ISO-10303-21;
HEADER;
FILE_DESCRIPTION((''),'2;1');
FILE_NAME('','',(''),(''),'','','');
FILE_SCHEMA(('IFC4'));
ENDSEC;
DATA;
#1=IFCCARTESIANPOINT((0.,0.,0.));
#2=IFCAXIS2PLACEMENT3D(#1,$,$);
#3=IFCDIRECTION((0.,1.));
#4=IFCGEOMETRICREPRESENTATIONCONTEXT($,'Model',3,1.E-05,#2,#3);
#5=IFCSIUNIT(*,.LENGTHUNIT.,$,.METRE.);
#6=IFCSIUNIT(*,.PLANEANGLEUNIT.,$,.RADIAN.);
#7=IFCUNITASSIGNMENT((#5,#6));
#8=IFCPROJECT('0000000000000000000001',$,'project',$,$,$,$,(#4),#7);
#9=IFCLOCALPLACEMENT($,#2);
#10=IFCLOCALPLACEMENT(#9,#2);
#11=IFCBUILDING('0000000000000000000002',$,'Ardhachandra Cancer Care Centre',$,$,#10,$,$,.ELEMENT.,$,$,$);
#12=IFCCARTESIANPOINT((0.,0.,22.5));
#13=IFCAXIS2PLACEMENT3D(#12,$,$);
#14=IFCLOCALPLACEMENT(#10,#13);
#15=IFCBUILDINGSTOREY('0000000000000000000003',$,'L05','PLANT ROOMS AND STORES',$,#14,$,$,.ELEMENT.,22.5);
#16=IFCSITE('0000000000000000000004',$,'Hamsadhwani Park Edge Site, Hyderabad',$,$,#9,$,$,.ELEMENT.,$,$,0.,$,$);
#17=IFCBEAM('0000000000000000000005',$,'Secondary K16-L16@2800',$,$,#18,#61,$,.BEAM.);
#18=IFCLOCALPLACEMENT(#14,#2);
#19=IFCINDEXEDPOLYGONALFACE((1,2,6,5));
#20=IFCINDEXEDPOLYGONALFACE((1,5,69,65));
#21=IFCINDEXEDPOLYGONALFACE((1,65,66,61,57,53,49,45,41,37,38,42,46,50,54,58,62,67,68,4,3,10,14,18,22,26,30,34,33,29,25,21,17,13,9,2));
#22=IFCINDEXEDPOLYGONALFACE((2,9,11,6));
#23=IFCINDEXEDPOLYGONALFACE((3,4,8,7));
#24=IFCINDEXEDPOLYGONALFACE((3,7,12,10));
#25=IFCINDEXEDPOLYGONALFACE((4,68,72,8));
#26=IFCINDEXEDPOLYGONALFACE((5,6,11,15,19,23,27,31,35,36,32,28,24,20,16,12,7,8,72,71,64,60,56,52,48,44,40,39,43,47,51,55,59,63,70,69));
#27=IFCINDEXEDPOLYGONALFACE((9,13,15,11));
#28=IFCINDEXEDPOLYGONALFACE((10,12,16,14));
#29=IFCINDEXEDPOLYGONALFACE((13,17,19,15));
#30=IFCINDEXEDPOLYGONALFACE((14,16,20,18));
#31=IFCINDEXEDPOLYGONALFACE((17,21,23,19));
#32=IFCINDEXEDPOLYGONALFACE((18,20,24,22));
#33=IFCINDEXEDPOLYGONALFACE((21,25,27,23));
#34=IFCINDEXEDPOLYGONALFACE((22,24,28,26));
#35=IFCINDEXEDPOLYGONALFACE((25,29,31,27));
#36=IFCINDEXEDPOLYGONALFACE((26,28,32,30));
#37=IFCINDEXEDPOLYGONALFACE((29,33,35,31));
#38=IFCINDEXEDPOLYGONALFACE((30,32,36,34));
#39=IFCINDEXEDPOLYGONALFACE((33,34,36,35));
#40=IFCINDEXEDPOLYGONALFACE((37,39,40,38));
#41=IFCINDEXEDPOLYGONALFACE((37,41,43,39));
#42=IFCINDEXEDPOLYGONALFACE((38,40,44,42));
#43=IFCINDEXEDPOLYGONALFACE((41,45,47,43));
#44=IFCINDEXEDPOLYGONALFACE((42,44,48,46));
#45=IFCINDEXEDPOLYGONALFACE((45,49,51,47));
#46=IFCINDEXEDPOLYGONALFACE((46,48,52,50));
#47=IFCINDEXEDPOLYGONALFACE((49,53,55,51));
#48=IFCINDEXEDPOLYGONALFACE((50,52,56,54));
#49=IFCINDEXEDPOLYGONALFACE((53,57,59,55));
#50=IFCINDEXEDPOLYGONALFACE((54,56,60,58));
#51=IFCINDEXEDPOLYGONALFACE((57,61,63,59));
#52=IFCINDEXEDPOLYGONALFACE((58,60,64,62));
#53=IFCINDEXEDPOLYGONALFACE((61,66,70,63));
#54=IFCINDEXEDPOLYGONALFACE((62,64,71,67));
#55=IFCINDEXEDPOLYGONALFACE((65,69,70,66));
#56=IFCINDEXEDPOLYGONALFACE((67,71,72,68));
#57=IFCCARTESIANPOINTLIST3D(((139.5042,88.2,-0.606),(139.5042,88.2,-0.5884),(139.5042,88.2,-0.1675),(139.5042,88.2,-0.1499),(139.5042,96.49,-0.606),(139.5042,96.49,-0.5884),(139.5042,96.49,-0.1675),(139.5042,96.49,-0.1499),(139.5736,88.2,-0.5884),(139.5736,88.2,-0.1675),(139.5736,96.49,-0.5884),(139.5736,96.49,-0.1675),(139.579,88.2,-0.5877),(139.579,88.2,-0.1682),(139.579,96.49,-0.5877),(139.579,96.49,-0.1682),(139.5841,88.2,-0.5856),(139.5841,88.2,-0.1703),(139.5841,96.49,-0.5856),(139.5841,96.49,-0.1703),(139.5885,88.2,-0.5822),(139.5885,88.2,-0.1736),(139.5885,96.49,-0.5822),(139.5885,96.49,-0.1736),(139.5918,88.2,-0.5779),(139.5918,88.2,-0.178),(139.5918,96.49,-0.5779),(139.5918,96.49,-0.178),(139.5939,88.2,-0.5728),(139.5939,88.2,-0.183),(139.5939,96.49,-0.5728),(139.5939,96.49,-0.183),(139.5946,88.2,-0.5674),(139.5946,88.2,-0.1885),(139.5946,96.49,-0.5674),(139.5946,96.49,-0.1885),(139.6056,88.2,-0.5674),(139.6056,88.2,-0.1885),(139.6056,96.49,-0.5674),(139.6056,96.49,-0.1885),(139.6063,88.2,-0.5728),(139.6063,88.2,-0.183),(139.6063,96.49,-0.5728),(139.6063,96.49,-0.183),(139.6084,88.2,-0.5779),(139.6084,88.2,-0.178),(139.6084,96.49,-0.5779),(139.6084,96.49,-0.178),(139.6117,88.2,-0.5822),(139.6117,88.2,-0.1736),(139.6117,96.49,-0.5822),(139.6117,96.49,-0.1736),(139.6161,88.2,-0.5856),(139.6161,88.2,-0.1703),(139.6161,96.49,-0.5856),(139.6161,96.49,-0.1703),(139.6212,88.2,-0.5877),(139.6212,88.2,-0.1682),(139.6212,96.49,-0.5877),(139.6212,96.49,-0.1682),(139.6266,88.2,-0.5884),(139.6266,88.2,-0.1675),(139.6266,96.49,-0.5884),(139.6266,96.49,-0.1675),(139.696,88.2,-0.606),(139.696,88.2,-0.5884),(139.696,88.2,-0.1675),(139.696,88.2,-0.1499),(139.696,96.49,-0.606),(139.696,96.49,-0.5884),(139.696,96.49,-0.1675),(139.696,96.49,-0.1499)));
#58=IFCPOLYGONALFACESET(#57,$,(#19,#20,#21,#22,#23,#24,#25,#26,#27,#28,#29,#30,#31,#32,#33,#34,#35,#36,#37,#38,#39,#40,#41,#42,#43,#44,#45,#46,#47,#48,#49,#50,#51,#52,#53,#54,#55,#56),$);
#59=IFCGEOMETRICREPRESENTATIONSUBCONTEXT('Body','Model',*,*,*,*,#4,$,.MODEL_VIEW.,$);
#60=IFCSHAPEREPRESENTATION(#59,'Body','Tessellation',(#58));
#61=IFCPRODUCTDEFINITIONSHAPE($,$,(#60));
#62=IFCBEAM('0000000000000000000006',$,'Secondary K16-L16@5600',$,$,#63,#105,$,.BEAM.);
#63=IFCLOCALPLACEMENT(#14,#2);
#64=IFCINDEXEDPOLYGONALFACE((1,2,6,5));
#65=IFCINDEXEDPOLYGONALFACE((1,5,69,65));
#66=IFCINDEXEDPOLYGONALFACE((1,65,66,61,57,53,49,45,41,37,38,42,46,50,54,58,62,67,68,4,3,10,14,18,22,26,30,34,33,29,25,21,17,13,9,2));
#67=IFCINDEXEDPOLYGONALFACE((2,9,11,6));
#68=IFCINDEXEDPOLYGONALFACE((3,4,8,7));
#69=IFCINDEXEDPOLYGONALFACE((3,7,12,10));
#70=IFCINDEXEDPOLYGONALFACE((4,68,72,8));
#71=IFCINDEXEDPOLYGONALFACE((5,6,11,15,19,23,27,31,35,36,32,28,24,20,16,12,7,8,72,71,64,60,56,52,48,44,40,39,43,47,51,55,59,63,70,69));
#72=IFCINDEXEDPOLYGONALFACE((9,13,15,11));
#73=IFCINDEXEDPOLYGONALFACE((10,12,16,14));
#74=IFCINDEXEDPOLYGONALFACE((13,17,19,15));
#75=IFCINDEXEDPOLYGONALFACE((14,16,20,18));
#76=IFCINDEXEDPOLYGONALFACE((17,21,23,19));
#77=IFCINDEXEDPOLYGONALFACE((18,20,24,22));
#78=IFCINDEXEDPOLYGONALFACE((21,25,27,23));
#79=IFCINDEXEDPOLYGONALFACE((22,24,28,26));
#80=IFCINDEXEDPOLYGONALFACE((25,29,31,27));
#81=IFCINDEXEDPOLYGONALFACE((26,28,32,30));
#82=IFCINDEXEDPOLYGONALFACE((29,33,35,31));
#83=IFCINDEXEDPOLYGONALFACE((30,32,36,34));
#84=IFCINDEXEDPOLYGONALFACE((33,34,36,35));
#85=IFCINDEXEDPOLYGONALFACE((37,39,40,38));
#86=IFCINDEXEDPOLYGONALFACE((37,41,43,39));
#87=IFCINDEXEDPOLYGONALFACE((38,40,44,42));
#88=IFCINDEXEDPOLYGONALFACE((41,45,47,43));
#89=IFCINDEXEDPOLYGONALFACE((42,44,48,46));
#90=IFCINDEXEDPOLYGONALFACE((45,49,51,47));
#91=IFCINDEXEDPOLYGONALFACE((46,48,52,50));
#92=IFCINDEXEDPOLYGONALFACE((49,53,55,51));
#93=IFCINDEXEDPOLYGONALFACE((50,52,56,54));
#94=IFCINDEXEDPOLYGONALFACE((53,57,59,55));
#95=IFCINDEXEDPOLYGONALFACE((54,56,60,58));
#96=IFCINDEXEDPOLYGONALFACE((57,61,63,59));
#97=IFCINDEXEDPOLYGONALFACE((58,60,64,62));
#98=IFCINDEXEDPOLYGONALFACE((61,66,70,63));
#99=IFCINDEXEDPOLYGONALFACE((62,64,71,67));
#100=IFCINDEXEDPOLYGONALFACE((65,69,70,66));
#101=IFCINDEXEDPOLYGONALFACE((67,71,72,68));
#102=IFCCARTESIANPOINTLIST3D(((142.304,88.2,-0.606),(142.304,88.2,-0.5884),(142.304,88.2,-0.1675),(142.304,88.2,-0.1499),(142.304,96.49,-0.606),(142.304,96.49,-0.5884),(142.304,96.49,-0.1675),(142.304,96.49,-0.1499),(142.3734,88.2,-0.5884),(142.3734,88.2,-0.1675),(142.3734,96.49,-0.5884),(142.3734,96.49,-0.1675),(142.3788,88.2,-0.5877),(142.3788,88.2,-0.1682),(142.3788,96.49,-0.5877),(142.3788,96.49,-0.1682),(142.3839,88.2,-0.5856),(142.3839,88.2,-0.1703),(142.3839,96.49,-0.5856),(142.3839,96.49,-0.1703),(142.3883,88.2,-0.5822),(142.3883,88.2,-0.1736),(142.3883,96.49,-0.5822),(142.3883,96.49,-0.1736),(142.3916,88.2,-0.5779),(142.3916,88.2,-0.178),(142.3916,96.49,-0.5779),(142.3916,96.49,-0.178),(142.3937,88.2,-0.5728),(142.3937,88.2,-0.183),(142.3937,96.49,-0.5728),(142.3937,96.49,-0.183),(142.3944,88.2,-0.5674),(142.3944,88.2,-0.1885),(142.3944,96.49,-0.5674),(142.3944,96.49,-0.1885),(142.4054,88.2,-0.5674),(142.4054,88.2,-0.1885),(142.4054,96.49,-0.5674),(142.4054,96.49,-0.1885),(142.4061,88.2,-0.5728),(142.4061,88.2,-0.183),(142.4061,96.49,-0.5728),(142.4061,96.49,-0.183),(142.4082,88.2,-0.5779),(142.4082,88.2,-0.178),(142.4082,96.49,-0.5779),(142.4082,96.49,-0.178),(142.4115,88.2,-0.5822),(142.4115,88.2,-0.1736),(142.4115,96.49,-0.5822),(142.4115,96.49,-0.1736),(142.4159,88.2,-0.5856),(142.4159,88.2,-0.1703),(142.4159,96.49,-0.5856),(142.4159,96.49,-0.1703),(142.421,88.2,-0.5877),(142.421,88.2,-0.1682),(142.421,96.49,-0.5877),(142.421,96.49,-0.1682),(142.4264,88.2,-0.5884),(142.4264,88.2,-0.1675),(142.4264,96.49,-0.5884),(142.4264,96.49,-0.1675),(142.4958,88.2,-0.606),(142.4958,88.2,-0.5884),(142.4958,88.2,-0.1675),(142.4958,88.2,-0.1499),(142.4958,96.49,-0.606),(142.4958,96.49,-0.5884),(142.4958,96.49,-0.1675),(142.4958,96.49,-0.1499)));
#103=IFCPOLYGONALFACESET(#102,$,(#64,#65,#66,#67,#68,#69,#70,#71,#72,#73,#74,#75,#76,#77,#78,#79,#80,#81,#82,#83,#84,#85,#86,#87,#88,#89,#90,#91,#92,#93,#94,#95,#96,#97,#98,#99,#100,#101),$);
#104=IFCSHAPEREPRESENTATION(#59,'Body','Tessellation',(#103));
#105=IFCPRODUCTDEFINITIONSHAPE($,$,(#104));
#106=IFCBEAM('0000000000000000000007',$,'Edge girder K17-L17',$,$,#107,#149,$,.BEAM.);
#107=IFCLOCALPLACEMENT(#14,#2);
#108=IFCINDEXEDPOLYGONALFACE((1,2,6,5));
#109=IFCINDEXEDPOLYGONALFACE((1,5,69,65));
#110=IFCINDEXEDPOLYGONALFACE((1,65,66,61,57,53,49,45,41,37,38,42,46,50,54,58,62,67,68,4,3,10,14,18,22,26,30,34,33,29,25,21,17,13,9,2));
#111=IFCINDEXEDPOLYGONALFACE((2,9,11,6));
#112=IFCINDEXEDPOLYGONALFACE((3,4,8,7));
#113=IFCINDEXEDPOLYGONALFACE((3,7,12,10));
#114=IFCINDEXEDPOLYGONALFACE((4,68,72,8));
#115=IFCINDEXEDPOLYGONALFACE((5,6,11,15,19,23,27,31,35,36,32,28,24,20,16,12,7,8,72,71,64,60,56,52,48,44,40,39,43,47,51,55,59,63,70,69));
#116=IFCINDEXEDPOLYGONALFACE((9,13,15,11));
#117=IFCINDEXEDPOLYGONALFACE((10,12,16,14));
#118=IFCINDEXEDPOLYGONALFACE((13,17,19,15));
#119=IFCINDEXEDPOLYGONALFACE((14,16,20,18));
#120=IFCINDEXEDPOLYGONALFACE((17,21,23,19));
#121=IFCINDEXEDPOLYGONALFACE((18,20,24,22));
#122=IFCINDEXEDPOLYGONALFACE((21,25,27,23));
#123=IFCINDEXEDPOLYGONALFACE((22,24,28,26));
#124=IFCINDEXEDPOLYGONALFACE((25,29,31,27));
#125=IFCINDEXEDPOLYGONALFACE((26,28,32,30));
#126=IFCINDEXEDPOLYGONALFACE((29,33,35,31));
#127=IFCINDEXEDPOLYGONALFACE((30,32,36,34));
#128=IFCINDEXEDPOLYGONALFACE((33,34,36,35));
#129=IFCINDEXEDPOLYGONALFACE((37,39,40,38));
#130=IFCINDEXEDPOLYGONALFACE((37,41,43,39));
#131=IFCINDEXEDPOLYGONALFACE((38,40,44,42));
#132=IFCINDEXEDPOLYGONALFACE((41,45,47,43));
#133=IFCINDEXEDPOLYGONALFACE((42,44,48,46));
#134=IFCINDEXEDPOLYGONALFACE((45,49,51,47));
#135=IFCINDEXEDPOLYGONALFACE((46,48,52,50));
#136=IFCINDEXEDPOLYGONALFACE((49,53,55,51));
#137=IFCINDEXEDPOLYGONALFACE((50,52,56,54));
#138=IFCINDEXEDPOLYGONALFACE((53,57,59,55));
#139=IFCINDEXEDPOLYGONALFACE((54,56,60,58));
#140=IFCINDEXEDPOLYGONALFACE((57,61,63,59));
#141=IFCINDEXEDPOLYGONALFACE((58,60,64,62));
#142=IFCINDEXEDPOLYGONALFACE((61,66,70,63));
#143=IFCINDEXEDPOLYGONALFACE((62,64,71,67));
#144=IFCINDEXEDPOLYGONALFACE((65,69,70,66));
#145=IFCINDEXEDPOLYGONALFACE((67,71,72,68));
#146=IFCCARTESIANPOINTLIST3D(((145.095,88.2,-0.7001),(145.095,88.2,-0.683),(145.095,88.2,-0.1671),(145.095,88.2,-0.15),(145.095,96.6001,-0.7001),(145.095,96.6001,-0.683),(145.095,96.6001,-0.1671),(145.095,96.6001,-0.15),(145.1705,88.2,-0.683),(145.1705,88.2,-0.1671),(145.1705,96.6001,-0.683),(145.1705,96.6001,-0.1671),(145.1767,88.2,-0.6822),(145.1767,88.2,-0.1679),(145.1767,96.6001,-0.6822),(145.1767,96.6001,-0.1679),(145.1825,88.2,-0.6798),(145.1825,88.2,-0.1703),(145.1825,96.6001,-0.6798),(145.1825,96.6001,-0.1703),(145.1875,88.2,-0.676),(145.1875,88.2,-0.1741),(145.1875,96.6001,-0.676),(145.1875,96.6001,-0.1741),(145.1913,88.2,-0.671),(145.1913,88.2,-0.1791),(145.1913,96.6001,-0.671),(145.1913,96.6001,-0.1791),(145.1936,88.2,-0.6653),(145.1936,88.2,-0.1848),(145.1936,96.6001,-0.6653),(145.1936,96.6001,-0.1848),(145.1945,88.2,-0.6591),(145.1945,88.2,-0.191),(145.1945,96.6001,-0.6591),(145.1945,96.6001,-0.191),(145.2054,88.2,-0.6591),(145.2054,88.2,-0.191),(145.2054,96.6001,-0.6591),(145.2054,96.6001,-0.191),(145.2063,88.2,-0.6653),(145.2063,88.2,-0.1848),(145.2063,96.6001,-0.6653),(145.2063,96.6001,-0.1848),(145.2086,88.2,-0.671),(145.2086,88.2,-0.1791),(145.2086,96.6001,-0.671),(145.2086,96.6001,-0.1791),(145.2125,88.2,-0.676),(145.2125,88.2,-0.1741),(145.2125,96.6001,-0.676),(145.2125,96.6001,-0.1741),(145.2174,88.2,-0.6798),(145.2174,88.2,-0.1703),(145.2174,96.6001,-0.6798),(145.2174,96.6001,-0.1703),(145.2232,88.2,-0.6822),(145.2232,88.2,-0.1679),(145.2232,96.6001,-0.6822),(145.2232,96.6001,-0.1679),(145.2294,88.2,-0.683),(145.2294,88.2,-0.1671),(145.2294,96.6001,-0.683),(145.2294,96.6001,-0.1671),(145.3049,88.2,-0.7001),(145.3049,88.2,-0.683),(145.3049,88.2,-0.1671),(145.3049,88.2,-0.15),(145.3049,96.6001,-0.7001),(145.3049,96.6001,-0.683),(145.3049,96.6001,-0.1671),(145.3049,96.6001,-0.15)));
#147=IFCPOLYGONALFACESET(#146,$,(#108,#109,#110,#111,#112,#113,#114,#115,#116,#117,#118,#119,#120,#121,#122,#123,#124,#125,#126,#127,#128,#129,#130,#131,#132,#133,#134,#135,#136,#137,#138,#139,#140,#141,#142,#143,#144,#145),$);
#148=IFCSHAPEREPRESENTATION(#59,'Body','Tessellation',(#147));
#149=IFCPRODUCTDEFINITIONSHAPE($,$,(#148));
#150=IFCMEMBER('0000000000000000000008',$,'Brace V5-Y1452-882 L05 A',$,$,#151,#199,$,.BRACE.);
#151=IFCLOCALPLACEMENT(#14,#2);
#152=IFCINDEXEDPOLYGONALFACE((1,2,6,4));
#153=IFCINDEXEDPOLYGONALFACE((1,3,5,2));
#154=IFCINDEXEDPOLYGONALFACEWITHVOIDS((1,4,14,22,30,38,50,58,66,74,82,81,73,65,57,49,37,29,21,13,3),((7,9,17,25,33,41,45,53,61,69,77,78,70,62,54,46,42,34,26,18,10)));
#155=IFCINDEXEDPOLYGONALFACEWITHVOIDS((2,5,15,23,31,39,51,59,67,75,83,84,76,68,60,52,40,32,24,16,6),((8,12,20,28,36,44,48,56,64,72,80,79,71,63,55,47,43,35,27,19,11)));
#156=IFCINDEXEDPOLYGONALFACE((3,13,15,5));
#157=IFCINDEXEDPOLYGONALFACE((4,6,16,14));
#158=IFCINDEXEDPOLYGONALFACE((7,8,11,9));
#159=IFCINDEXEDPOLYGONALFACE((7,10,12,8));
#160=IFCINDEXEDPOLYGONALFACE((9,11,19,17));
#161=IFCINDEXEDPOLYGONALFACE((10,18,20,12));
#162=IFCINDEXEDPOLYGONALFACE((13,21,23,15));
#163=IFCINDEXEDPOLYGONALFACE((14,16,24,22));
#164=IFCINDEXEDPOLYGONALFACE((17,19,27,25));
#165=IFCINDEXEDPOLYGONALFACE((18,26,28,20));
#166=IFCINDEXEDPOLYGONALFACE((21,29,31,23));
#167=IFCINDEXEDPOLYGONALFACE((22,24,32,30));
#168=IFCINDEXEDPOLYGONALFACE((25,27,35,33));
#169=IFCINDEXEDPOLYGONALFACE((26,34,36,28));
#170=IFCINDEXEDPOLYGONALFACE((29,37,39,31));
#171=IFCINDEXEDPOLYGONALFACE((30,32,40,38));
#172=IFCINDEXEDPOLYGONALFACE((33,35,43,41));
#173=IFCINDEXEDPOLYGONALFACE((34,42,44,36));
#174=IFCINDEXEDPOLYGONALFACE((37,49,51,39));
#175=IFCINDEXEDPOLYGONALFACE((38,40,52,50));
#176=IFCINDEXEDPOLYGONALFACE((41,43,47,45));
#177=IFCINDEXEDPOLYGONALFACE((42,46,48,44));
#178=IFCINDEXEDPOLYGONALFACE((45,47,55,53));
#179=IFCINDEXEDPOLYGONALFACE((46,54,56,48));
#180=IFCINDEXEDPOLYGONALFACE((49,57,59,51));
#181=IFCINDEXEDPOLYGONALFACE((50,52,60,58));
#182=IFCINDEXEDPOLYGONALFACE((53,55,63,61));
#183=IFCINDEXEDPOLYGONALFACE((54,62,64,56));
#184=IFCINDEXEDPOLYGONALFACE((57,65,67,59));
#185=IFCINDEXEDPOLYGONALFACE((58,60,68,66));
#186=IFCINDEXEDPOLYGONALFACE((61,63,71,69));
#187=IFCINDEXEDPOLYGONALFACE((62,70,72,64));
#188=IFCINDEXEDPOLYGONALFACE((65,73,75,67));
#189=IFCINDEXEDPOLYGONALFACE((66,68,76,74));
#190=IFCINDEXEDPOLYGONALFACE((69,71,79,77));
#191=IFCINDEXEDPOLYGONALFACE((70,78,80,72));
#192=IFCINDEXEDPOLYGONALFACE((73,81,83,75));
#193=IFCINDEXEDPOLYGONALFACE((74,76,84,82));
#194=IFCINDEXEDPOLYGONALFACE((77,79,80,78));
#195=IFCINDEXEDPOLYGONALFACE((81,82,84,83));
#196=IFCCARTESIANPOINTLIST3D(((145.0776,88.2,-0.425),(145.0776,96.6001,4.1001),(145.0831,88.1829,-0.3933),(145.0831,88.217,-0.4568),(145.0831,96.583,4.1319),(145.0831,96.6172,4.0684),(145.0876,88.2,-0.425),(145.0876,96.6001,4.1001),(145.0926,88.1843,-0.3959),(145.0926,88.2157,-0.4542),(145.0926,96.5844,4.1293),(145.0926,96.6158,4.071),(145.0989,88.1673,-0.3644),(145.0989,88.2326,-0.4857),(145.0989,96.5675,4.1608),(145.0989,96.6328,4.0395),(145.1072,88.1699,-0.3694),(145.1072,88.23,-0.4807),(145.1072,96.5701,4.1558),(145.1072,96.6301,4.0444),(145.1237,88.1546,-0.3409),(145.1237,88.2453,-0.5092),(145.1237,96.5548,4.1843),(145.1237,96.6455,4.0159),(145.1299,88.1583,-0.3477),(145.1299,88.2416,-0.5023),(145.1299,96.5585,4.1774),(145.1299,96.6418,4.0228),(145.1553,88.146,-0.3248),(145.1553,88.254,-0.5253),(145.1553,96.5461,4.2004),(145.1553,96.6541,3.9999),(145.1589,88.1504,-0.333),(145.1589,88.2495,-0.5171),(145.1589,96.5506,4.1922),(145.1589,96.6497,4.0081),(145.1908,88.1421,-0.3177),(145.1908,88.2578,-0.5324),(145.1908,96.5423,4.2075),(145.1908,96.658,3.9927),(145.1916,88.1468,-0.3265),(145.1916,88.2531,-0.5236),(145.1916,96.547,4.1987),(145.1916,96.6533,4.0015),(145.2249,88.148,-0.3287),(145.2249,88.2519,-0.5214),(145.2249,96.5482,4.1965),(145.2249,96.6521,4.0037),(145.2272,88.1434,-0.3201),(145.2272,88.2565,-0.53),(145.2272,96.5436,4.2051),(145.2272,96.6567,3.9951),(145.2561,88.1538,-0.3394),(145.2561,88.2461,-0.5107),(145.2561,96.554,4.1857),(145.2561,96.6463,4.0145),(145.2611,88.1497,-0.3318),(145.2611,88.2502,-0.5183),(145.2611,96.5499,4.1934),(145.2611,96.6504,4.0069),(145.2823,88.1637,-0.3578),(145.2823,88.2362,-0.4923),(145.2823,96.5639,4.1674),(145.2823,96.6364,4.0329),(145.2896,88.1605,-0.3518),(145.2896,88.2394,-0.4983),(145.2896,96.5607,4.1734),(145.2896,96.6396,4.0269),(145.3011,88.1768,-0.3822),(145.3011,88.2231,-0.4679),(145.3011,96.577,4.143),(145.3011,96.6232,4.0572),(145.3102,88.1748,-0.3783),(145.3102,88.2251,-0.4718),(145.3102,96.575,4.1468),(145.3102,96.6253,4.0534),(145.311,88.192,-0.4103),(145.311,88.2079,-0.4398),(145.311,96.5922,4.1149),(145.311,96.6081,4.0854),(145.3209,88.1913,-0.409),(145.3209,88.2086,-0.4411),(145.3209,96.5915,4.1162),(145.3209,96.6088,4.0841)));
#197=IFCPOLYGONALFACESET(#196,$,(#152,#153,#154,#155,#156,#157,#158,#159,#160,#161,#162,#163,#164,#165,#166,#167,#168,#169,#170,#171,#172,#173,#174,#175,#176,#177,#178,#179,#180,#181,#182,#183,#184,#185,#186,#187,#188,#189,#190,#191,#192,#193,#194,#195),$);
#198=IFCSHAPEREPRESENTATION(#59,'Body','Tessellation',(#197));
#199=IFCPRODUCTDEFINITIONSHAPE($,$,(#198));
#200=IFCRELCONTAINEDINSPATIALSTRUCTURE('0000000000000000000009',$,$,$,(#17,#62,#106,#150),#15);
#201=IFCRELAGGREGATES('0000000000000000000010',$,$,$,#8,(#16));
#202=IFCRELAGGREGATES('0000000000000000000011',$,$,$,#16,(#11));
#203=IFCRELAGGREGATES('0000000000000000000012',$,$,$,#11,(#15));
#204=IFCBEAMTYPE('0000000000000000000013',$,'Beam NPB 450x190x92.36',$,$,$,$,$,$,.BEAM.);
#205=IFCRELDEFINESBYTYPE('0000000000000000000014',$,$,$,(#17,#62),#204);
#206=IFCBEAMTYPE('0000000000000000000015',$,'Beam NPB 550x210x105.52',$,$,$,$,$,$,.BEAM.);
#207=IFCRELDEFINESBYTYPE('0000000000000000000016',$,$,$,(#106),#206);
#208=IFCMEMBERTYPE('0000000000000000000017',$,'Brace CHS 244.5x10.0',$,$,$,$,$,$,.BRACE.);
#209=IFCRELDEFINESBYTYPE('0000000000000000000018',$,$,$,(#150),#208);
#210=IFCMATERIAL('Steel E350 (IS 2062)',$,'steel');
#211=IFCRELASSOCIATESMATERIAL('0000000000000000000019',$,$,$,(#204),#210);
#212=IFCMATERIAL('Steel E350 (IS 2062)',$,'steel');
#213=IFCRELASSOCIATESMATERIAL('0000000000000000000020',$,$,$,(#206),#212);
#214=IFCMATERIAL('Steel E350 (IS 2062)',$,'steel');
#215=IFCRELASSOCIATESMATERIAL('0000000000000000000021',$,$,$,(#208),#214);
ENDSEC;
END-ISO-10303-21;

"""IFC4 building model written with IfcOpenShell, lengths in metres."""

from ifc_helpers import new_model, si_unit, direction, frame, origin, origin_2d, place, context, subcontext, project, spatial, hollow_circle, i_section, extrude, material, material_profile, profile_set, type_object, element, save


model = new_model("IFC4")

# Units and contexts
model_context = context("Model", 3, precision=1e-05, world=origin(), true_north=direction((0.0, 1.0)))
body_context = subcontext(model_context, "Body", "Model", "MODEL_VIEW")
ifc_project = project(units=[si_unit("LENGTHUNIT", "METRE"), si_unit("PLANEANGLEUNIT", "RADIAN")], contexts=[model_context])

# Site, building, storey
site_placement = place(None, origin())
site = spatial("IfcSite", under=ifc_project, at=site_placement, Name="Hamsadhwani Park Edge Site, Hyderabad", CompositionType="ELEMENT", RefElevation=0.0)
building_placement = place(site_placement, origin())
building = spatial("IfcBuilding", under=site, at=building_placement, Name="Ardhachandra Cancer Care Centre", CompositionType="ELEMENT")
storey_placement = place(building_placement, frame((0.0, 0.0, 22.5)))
storey = spatial("IfcBuildingStorey", under=building, at=storey_placement, Name="L05", Description="PLANT ROOMS AND STORES", CompositionType="ELEMENT", Elevation=22.5)

# Beams
ifc_material_1 = material(Name="Steel E350 (IS 2062)", Category="steel")
ifc_material_profile_1 = material_profile(ifc_material_1, i_section(OverallWidth=0.1919, OverallDepth=0.4561, WebThickness=0.011, FlangeThickness=0.0176, FilletRadius=0.021, at=origin_2d()), Name="NPB 450x190x92.36")
ifc_profile_set_1 = profile_set([ifc_material_profile_1], Name="Steel E350 (IS 2062)")
beam_type_1 = type_object("IfcBeamType", Name="Beam NPB 450x190x92.36", PredefinedType="BEAM", material=ifc_profile_set_1)
for number, where, z_axis, x_axis, name in (
    (1, (139.6001, 88.2, -0.3779), (0.0, 1.0, 0.0), (-1.0, 0.0, 0.0), "Secondary K16-L16@2800"),
    (2, (142.3999, 88.2, -0.3779), (0.0, 1.0, 0.0), (-1.0, 0.0, 0.0), "Secondary K16-L16@5600"),
):
    element("IfcBeam", number, at=place(storey_placement, frame(where, z_axis=z_axis, x_axis=x_axis)), inside=storey, type_object=beam_type_1, Name=name, PredefinedType="BEAM", context=body_context, shape_type="SweptSolid", body=[
        extrude(i_section(OverallWidth=0.1919, OverallDepth=0.4561, WebThickness=0.011, FlangeThickness=0.0176, FilletRadius=0.021, at=origin_2d()), origin(), (0.0, 0.0, 1.0), 8.29),
    ])
ifc_material_2 = material(Name="Steel E350 (IS 2062)", Category="steel")
ifc_material_profile_2 = material_profile(ifc_material_2, i_section(OverallWidth=0.21, OverallDepth=0.55, WebThickness=0.011, FlangeThickness=0.0171, FilletRadius=0.0239, at=origin_2d()), Name="NPB 550x210x105.52")
ifc_profile_set_2 = profile_set([ifc_material_profile_2], Name="Steel E350 (IS 2062)")
beam_type_2 = type_object("IfcBeamType", Name="Beam NPB 550x210x105.52", PredefinedType="BEAM", material=ifc_profile_set_2)
beam_placement = place(storey_placement, frame((145.2, 88.2, -0.425), z_axis=(0.0, 1.0, 0.0), x_axis=(-1.0, 0.0, 0.0)))
element("IfcBeam", 3, at=beam_placement, inside=storey, type_object=beam_type_2, Name="Edge girder K17-L17", PredefinedType="BEAM", context=body_context, shape_type="SweptSolid", body=[
    extrude(i_section(OverallWidth=0.21, OverallDepth=0.55, WebThickness=0.011, FlangeThickness=0.0171, FilletRadius=0.0239, at=origin_2d()), origin(), (0.0, 0.0, 1.0), 8.4001),
])

# Member
ifc_material_3 = material(Name="Steel E350 (IS 2062)", Category="steel")
ifc_material_profile_3 = material_profile(ifc_material_3, hollow_circle(Radius=0.1223, WallThickness=0.01, at=origin_2d()), Name="CHS 244.5x10.0")
ifc_profile_set_3 = profile_set([ifc_material_profile_3], Name="Steel E350 (IS 2062)")
member_type = type_object("IfcMemberType", Name="Brace CHS 244.5x10.0", PredefinedType="BRACE", material=ifc_profile_set_3)
member_placement = place(storey_placement, frame((145.2, 88.2, -0.425), z_axis=(0.0, 0.880384, 0.474262), x_axis=(-1.0, 0.0, 0.0)))
element("IfcMember", 4, at=member_placement, inside=storey, type_object=member_type, Name="Brace V5-Y1452-882 L05 A", PredefinedType="BRACE", context=body_context, shape_type="SweptSolid", body=[
    extrude(hollow_circle(Radius=0.1223, WallThickness=0.01, at=origin_2d()), origin(), (0.0, 0.0, 1.0), 9.5415),
])

save(model, "model.ifc")
